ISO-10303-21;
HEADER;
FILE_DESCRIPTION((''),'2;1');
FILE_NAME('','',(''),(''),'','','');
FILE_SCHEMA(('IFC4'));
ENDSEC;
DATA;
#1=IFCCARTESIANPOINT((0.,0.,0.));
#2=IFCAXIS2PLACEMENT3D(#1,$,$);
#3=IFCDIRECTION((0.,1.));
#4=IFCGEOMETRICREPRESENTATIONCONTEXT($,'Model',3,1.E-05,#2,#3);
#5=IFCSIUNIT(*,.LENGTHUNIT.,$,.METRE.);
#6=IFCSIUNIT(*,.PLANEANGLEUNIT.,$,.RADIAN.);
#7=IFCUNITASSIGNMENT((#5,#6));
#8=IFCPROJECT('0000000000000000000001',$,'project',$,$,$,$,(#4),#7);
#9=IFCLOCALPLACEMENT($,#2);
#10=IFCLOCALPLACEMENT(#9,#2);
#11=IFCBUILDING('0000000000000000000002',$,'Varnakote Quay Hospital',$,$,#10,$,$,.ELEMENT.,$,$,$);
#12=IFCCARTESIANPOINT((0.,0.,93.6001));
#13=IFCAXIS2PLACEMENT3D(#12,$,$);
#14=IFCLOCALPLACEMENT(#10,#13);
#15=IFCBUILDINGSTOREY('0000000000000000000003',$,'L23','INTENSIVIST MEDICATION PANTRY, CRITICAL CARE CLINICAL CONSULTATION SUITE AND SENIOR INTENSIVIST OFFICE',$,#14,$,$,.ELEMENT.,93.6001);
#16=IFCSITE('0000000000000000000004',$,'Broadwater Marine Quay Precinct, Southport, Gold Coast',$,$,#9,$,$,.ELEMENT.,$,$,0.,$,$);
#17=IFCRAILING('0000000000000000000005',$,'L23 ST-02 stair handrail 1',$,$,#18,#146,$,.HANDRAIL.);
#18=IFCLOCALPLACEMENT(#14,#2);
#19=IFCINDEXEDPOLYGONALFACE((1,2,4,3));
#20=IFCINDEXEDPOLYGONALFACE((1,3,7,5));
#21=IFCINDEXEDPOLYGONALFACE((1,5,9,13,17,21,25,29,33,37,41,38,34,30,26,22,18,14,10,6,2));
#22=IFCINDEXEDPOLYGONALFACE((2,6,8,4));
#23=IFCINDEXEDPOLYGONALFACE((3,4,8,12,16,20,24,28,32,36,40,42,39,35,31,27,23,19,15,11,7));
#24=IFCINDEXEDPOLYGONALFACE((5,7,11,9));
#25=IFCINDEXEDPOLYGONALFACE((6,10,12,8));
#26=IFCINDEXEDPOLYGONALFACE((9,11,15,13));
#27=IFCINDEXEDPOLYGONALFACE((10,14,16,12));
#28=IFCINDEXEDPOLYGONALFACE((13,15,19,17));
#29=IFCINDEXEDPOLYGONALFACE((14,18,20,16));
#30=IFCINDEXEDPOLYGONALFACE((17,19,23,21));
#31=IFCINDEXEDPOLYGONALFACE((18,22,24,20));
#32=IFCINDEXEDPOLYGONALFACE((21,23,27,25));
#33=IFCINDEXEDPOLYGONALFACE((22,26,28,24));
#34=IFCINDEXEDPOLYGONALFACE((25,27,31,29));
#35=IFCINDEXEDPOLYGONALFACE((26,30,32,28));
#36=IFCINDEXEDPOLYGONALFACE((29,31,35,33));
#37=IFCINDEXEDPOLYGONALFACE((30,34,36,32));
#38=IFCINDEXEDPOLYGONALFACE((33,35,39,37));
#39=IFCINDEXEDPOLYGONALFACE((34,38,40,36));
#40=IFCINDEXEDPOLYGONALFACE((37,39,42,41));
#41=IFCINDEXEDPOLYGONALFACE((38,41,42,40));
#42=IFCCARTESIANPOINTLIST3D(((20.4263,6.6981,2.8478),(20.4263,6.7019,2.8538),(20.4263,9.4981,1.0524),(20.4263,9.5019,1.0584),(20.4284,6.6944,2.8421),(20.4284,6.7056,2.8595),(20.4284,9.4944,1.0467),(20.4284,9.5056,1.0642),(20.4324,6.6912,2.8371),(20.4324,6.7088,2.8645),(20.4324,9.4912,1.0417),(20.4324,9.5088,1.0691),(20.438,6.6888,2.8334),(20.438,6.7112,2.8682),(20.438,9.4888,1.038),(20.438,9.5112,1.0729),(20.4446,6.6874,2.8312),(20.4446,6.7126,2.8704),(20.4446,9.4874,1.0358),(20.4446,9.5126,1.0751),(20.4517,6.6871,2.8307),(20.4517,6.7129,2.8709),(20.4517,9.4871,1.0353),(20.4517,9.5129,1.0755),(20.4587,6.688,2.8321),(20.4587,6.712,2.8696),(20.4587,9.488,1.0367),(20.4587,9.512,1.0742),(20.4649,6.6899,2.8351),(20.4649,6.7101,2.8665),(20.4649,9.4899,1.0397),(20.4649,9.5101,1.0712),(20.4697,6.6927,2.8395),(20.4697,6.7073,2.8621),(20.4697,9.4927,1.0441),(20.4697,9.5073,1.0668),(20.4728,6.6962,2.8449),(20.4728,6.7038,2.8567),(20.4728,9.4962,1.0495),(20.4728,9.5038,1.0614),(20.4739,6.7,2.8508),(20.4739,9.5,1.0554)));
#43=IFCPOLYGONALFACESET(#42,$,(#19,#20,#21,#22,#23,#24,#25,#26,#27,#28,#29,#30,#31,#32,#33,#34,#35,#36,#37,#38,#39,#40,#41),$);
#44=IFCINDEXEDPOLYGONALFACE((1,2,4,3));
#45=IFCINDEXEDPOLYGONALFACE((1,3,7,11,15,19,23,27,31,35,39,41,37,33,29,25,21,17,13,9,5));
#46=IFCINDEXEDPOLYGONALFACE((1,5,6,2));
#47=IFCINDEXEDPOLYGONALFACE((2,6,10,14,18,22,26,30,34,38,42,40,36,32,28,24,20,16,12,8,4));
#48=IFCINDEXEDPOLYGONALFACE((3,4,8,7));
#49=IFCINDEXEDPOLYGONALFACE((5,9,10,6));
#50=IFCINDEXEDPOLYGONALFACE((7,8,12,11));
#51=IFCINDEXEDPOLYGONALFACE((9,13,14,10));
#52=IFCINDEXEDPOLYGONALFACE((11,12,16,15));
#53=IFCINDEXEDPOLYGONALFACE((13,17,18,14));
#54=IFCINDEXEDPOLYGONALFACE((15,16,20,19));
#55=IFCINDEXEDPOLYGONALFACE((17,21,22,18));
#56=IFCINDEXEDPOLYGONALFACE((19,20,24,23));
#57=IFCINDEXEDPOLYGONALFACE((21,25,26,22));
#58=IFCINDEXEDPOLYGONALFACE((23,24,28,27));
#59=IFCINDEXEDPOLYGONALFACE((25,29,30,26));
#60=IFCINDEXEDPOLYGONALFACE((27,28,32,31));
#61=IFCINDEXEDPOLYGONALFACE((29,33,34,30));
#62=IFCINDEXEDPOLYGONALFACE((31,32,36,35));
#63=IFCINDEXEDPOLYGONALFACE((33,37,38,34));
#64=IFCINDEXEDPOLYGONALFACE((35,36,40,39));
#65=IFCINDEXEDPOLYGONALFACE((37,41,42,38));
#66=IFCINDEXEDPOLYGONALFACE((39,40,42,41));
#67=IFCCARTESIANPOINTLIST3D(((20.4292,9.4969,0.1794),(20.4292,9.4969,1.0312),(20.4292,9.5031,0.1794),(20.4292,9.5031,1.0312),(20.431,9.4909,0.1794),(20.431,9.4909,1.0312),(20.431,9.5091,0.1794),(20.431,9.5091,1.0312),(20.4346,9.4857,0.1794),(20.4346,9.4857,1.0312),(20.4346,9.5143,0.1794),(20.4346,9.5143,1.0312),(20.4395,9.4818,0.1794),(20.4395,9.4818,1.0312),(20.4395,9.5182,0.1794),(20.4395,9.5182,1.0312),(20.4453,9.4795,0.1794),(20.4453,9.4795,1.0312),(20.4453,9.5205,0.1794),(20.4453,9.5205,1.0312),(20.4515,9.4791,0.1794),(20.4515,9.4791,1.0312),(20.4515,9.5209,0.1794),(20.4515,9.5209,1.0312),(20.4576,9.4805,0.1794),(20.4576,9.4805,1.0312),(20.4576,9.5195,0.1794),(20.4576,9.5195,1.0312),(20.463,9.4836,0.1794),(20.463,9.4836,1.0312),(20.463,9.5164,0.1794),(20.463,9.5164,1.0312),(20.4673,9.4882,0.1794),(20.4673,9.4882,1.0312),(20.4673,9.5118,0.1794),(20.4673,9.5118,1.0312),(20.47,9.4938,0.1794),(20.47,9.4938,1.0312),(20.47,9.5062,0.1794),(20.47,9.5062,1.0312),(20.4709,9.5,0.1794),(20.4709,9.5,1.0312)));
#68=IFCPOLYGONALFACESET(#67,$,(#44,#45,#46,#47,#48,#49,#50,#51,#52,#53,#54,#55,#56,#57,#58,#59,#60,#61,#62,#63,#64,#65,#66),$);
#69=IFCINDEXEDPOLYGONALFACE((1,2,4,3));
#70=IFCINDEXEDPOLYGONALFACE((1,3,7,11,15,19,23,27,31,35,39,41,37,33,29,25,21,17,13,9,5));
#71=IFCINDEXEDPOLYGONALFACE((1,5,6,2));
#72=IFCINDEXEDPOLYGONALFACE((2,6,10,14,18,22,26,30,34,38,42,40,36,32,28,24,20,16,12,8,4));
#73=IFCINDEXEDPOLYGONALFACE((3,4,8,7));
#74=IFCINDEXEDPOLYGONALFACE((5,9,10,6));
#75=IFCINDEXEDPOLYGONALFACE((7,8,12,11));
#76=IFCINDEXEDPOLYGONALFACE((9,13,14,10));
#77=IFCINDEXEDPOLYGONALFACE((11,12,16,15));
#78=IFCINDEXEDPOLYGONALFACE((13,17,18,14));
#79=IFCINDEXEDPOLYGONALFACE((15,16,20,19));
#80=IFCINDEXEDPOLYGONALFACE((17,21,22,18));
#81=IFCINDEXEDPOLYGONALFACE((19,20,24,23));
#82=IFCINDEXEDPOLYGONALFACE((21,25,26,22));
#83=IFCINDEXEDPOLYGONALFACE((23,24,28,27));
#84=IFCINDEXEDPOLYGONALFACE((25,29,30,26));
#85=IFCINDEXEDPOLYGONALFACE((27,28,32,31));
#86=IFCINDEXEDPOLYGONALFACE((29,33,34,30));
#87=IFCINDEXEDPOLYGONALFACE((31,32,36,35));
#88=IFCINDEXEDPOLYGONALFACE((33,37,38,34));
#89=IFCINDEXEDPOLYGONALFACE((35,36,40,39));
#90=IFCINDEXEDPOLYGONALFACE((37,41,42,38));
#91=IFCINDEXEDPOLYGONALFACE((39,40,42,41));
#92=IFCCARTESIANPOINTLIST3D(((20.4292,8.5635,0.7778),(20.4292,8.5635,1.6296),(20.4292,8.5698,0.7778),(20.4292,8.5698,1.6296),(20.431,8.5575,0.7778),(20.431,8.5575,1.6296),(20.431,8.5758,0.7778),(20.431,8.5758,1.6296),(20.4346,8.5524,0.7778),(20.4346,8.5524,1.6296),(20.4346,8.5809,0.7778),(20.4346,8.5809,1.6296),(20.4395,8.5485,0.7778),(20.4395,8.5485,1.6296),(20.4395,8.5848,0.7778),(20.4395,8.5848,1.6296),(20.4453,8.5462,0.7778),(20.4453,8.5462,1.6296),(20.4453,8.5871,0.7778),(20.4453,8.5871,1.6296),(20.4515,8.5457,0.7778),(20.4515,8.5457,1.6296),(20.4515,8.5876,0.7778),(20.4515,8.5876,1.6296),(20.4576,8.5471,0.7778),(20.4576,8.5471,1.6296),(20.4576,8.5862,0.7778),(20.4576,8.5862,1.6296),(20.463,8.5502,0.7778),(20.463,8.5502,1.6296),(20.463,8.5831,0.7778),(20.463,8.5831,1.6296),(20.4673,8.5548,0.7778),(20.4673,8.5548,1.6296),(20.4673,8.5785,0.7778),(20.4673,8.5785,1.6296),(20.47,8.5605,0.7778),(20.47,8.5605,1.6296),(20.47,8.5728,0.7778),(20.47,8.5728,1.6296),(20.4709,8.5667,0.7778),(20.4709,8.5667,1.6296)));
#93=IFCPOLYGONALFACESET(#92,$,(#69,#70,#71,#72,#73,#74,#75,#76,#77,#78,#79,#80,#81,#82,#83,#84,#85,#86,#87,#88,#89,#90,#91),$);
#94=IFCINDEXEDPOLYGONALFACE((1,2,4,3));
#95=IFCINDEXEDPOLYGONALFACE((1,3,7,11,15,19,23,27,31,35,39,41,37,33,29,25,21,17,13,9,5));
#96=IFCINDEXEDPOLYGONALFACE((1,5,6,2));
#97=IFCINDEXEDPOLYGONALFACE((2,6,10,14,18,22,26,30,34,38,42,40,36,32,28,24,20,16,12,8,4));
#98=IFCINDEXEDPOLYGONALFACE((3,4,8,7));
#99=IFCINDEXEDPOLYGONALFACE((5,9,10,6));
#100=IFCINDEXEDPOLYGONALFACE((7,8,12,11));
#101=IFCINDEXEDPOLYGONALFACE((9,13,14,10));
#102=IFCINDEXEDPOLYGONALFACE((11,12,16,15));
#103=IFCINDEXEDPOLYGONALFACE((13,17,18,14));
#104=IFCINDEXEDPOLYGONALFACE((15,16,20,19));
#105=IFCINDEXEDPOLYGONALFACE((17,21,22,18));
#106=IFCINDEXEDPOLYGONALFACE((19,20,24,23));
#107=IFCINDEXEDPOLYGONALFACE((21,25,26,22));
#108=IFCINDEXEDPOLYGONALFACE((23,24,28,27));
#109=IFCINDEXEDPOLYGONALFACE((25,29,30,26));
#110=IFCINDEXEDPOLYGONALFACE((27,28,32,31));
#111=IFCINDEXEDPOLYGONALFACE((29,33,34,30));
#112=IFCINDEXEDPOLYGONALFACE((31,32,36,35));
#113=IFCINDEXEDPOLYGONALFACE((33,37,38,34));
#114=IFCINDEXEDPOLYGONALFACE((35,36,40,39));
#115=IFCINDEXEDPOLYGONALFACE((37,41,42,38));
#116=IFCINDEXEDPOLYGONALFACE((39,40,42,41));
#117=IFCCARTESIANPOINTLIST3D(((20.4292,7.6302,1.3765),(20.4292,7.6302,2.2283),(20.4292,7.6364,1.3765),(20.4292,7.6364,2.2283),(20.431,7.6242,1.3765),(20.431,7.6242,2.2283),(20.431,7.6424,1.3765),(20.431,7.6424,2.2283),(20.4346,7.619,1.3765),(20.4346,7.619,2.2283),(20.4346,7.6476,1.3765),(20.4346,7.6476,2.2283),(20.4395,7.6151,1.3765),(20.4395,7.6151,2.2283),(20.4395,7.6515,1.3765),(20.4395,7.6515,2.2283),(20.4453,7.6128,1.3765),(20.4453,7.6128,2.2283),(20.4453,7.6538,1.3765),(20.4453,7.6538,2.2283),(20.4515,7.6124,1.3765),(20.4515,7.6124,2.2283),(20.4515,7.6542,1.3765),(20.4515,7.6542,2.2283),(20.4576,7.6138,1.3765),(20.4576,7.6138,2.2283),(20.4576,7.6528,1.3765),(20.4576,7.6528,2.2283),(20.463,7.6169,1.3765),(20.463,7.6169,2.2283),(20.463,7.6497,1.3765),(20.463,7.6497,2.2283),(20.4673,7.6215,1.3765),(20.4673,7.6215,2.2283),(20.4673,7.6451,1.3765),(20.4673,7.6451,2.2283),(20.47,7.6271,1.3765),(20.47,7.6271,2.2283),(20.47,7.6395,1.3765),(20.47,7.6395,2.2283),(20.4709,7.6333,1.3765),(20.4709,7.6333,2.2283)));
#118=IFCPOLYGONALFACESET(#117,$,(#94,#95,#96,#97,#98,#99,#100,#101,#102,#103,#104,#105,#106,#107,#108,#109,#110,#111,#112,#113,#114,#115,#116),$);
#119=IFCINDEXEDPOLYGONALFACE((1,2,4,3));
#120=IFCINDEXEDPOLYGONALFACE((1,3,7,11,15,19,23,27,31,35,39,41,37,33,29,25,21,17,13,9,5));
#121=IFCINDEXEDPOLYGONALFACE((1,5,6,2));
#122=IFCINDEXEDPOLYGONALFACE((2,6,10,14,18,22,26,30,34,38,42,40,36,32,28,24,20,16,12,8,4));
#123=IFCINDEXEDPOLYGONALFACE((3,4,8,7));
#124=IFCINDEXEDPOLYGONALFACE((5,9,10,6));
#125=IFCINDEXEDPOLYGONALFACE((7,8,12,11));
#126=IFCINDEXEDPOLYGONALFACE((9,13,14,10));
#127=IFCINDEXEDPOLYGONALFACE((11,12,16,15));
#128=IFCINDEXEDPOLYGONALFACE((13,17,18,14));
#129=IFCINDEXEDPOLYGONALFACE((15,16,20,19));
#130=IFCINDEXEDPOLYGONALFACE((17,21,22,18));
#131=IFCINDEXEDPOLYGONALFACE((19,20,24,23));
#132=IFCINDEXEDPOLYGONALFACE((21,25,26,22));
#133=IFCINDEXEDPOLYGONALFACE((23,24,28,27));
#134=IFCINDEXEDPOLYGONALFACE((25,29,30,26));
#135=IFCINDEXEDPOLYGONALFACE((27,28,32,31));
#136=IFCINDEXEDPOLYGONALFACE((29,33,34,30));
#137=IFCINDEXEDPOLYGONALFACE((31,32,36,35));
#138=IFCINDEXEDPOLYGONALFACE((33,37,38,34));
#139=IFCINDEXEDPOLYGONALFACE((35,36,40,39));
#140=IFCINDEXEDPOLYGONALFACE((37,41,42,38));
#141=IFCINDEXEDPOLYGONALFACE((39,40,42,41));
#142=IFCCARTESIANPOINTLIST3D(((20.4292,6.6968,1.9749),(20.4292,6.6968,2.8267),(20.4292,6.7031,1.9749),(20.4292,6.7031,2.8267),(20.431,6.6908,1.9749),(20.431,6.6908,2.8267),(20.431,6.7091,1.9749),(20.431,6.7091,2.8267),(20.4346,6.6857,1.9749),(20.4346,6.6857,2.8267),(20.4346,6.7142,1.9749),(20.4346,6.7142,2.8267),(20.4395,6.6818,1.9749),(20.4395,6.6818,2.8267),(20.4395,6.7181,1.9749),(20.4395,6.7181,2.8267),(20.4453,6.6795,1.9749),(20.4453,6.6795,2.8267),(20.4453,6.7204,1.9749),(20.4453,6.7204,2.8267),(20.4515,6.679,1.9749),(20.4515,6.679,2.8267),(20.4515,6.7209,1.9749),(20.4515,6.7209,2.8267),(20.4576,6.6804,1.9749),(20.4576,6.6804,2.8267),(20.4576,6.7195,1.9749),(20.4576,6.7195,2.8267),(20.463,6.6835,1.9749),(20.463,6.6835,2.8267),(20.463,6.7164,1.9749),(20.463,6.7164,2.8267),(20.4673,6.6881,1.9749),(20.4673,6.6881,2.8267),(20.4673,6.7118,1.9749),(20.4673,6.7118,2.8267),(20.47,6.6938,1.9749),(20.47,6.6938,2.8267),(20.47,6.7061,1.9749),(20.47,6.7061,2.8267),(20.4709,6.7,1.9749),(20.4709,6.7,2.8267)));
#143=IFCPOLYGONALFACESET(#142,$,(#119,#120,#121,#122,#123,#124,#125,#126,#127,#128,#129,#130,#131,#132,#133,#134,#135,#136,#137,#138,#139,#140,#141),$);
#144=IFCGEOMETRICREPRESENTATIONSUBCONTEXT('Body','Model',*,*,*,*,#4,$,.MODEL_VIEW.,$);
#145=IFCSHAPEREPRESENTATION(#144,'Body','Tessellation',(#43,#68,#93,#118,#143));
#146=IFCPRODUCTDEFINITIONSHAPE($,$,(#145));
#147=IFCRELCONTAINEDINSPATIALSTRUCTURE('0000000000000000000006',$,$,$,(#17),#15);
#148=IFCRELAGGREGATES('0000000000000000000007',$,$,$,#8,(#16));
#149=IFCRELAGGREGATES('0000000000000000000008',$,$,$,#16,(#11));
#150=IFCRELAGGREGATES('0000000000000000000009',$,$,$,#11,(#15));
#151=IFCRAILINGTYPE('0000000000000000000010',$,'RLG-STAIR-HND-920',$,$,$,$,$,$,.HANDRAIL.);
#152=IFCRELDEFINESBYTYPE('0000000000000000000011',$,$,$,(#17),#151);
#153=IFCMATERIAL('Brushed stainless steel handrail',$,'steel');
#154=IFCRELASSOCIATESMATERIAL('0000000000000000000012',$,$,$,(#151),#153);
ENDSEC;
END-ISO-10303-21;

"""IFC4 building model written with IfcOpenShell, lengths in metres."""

from ifc_helpers import new_model, si_unit, direction, frame, origin, origin_2d, place, context, subcontext, project, spatial, circle, extrude, material, type_object, element, save


model = new_model("IFC4")

# Units and contexts
model_context = context("Model", 3, precision=1e-05, world=origin(), true_north=direction((0.0, 1.0)))
body_context = subcontext(model_context, "Body", "Model", "MODEL_VIEW")
ifc_project = project(units=[si_unit("LENGTHUNIT", "METRE"), si_unit("PLANEANGLEUNIT", "RADIAN")], contexts=[model_context])

# Site, building, storey
site_placement = place(None, origin())
site = spatial("IfcSite", under=ifc_project, at=site_placement, Name="Broadwater Marine Quay Precinct, Southport, Gold Coast", CompositionType="ELEMENT", RefElevation=0.0)
building_placement = place(site_placement, origin())
building = spatial("IfcBuilding", under=site, at=building_placement, Name="Varnakote Quay Hospital", CompositionType="ELEMENT")
storey_placement = place(building_placement, frame((0.0, 0.0, 93.6001)))
storey = spatial("IfcBuildingStorey", under=building, at=storey_placement, Name="L23", Description="INTENSIVIST MEDICATION PANTRY, CRITICAL CARE CLINICAL CONSULTATION SUITE AND SENIOR INTENSIVIST OFFICE", CompositionType="ELEMENT", Elevation=93.6001)

# Railing
ifc_material_1 = material(Name="Brushed stainless steel handrail", Category="steel")
railing_type_1 = type_object("IfcRailingType", Name="RLG-STAIR-HND-920", PredefinedType="HANDRAIL", material=ifc_material_1)
railing_1_placement = place(storey_placement, frame((20.45, 9.5, 0.1794)))
element("IfcRailing", 1, at=railing_1_placement, inside=storey, type_object=railing_type_1, Name="L23 ST-02 stair handrail 1", PredefinedType="HANDRAIL", context=body_context, shape_type="SweptSolid", body=[
    extrude(circle(Radius=0.0239, at=origin_2d()), frame((0.0, 0.0, 0.876), z_axis=(0.0, -0.84181, 0.539774), x_axis=(1.0, 0.0, 0.0)), (0.0, 0.0, 1.0), 3.3262),
    extrude(circle(Radius=0.021, at=origin_2d()), origin(), (0.0, 0.0, 1.0), 0.8518),
    extrude(circle(Radius=0.021, at=origin_2d()), frame((0.0, -0.9333, 0.5984)), (0.0, 0.0, 1.0), 0.8518),
    extrude(circle(Radius=0.021, at=origin_2d()), frame((0.0, -1.8667, 1.197)), (0.0, 0.0, 1.0), 0.8518),
    extrude(circle(Radius=0.021, at=origin_2d()), frame((0.0, -2.8, 1.7954)), (0.0, 0.0, 1.0), 0.8518),
])

save(model, "model.ifc")
